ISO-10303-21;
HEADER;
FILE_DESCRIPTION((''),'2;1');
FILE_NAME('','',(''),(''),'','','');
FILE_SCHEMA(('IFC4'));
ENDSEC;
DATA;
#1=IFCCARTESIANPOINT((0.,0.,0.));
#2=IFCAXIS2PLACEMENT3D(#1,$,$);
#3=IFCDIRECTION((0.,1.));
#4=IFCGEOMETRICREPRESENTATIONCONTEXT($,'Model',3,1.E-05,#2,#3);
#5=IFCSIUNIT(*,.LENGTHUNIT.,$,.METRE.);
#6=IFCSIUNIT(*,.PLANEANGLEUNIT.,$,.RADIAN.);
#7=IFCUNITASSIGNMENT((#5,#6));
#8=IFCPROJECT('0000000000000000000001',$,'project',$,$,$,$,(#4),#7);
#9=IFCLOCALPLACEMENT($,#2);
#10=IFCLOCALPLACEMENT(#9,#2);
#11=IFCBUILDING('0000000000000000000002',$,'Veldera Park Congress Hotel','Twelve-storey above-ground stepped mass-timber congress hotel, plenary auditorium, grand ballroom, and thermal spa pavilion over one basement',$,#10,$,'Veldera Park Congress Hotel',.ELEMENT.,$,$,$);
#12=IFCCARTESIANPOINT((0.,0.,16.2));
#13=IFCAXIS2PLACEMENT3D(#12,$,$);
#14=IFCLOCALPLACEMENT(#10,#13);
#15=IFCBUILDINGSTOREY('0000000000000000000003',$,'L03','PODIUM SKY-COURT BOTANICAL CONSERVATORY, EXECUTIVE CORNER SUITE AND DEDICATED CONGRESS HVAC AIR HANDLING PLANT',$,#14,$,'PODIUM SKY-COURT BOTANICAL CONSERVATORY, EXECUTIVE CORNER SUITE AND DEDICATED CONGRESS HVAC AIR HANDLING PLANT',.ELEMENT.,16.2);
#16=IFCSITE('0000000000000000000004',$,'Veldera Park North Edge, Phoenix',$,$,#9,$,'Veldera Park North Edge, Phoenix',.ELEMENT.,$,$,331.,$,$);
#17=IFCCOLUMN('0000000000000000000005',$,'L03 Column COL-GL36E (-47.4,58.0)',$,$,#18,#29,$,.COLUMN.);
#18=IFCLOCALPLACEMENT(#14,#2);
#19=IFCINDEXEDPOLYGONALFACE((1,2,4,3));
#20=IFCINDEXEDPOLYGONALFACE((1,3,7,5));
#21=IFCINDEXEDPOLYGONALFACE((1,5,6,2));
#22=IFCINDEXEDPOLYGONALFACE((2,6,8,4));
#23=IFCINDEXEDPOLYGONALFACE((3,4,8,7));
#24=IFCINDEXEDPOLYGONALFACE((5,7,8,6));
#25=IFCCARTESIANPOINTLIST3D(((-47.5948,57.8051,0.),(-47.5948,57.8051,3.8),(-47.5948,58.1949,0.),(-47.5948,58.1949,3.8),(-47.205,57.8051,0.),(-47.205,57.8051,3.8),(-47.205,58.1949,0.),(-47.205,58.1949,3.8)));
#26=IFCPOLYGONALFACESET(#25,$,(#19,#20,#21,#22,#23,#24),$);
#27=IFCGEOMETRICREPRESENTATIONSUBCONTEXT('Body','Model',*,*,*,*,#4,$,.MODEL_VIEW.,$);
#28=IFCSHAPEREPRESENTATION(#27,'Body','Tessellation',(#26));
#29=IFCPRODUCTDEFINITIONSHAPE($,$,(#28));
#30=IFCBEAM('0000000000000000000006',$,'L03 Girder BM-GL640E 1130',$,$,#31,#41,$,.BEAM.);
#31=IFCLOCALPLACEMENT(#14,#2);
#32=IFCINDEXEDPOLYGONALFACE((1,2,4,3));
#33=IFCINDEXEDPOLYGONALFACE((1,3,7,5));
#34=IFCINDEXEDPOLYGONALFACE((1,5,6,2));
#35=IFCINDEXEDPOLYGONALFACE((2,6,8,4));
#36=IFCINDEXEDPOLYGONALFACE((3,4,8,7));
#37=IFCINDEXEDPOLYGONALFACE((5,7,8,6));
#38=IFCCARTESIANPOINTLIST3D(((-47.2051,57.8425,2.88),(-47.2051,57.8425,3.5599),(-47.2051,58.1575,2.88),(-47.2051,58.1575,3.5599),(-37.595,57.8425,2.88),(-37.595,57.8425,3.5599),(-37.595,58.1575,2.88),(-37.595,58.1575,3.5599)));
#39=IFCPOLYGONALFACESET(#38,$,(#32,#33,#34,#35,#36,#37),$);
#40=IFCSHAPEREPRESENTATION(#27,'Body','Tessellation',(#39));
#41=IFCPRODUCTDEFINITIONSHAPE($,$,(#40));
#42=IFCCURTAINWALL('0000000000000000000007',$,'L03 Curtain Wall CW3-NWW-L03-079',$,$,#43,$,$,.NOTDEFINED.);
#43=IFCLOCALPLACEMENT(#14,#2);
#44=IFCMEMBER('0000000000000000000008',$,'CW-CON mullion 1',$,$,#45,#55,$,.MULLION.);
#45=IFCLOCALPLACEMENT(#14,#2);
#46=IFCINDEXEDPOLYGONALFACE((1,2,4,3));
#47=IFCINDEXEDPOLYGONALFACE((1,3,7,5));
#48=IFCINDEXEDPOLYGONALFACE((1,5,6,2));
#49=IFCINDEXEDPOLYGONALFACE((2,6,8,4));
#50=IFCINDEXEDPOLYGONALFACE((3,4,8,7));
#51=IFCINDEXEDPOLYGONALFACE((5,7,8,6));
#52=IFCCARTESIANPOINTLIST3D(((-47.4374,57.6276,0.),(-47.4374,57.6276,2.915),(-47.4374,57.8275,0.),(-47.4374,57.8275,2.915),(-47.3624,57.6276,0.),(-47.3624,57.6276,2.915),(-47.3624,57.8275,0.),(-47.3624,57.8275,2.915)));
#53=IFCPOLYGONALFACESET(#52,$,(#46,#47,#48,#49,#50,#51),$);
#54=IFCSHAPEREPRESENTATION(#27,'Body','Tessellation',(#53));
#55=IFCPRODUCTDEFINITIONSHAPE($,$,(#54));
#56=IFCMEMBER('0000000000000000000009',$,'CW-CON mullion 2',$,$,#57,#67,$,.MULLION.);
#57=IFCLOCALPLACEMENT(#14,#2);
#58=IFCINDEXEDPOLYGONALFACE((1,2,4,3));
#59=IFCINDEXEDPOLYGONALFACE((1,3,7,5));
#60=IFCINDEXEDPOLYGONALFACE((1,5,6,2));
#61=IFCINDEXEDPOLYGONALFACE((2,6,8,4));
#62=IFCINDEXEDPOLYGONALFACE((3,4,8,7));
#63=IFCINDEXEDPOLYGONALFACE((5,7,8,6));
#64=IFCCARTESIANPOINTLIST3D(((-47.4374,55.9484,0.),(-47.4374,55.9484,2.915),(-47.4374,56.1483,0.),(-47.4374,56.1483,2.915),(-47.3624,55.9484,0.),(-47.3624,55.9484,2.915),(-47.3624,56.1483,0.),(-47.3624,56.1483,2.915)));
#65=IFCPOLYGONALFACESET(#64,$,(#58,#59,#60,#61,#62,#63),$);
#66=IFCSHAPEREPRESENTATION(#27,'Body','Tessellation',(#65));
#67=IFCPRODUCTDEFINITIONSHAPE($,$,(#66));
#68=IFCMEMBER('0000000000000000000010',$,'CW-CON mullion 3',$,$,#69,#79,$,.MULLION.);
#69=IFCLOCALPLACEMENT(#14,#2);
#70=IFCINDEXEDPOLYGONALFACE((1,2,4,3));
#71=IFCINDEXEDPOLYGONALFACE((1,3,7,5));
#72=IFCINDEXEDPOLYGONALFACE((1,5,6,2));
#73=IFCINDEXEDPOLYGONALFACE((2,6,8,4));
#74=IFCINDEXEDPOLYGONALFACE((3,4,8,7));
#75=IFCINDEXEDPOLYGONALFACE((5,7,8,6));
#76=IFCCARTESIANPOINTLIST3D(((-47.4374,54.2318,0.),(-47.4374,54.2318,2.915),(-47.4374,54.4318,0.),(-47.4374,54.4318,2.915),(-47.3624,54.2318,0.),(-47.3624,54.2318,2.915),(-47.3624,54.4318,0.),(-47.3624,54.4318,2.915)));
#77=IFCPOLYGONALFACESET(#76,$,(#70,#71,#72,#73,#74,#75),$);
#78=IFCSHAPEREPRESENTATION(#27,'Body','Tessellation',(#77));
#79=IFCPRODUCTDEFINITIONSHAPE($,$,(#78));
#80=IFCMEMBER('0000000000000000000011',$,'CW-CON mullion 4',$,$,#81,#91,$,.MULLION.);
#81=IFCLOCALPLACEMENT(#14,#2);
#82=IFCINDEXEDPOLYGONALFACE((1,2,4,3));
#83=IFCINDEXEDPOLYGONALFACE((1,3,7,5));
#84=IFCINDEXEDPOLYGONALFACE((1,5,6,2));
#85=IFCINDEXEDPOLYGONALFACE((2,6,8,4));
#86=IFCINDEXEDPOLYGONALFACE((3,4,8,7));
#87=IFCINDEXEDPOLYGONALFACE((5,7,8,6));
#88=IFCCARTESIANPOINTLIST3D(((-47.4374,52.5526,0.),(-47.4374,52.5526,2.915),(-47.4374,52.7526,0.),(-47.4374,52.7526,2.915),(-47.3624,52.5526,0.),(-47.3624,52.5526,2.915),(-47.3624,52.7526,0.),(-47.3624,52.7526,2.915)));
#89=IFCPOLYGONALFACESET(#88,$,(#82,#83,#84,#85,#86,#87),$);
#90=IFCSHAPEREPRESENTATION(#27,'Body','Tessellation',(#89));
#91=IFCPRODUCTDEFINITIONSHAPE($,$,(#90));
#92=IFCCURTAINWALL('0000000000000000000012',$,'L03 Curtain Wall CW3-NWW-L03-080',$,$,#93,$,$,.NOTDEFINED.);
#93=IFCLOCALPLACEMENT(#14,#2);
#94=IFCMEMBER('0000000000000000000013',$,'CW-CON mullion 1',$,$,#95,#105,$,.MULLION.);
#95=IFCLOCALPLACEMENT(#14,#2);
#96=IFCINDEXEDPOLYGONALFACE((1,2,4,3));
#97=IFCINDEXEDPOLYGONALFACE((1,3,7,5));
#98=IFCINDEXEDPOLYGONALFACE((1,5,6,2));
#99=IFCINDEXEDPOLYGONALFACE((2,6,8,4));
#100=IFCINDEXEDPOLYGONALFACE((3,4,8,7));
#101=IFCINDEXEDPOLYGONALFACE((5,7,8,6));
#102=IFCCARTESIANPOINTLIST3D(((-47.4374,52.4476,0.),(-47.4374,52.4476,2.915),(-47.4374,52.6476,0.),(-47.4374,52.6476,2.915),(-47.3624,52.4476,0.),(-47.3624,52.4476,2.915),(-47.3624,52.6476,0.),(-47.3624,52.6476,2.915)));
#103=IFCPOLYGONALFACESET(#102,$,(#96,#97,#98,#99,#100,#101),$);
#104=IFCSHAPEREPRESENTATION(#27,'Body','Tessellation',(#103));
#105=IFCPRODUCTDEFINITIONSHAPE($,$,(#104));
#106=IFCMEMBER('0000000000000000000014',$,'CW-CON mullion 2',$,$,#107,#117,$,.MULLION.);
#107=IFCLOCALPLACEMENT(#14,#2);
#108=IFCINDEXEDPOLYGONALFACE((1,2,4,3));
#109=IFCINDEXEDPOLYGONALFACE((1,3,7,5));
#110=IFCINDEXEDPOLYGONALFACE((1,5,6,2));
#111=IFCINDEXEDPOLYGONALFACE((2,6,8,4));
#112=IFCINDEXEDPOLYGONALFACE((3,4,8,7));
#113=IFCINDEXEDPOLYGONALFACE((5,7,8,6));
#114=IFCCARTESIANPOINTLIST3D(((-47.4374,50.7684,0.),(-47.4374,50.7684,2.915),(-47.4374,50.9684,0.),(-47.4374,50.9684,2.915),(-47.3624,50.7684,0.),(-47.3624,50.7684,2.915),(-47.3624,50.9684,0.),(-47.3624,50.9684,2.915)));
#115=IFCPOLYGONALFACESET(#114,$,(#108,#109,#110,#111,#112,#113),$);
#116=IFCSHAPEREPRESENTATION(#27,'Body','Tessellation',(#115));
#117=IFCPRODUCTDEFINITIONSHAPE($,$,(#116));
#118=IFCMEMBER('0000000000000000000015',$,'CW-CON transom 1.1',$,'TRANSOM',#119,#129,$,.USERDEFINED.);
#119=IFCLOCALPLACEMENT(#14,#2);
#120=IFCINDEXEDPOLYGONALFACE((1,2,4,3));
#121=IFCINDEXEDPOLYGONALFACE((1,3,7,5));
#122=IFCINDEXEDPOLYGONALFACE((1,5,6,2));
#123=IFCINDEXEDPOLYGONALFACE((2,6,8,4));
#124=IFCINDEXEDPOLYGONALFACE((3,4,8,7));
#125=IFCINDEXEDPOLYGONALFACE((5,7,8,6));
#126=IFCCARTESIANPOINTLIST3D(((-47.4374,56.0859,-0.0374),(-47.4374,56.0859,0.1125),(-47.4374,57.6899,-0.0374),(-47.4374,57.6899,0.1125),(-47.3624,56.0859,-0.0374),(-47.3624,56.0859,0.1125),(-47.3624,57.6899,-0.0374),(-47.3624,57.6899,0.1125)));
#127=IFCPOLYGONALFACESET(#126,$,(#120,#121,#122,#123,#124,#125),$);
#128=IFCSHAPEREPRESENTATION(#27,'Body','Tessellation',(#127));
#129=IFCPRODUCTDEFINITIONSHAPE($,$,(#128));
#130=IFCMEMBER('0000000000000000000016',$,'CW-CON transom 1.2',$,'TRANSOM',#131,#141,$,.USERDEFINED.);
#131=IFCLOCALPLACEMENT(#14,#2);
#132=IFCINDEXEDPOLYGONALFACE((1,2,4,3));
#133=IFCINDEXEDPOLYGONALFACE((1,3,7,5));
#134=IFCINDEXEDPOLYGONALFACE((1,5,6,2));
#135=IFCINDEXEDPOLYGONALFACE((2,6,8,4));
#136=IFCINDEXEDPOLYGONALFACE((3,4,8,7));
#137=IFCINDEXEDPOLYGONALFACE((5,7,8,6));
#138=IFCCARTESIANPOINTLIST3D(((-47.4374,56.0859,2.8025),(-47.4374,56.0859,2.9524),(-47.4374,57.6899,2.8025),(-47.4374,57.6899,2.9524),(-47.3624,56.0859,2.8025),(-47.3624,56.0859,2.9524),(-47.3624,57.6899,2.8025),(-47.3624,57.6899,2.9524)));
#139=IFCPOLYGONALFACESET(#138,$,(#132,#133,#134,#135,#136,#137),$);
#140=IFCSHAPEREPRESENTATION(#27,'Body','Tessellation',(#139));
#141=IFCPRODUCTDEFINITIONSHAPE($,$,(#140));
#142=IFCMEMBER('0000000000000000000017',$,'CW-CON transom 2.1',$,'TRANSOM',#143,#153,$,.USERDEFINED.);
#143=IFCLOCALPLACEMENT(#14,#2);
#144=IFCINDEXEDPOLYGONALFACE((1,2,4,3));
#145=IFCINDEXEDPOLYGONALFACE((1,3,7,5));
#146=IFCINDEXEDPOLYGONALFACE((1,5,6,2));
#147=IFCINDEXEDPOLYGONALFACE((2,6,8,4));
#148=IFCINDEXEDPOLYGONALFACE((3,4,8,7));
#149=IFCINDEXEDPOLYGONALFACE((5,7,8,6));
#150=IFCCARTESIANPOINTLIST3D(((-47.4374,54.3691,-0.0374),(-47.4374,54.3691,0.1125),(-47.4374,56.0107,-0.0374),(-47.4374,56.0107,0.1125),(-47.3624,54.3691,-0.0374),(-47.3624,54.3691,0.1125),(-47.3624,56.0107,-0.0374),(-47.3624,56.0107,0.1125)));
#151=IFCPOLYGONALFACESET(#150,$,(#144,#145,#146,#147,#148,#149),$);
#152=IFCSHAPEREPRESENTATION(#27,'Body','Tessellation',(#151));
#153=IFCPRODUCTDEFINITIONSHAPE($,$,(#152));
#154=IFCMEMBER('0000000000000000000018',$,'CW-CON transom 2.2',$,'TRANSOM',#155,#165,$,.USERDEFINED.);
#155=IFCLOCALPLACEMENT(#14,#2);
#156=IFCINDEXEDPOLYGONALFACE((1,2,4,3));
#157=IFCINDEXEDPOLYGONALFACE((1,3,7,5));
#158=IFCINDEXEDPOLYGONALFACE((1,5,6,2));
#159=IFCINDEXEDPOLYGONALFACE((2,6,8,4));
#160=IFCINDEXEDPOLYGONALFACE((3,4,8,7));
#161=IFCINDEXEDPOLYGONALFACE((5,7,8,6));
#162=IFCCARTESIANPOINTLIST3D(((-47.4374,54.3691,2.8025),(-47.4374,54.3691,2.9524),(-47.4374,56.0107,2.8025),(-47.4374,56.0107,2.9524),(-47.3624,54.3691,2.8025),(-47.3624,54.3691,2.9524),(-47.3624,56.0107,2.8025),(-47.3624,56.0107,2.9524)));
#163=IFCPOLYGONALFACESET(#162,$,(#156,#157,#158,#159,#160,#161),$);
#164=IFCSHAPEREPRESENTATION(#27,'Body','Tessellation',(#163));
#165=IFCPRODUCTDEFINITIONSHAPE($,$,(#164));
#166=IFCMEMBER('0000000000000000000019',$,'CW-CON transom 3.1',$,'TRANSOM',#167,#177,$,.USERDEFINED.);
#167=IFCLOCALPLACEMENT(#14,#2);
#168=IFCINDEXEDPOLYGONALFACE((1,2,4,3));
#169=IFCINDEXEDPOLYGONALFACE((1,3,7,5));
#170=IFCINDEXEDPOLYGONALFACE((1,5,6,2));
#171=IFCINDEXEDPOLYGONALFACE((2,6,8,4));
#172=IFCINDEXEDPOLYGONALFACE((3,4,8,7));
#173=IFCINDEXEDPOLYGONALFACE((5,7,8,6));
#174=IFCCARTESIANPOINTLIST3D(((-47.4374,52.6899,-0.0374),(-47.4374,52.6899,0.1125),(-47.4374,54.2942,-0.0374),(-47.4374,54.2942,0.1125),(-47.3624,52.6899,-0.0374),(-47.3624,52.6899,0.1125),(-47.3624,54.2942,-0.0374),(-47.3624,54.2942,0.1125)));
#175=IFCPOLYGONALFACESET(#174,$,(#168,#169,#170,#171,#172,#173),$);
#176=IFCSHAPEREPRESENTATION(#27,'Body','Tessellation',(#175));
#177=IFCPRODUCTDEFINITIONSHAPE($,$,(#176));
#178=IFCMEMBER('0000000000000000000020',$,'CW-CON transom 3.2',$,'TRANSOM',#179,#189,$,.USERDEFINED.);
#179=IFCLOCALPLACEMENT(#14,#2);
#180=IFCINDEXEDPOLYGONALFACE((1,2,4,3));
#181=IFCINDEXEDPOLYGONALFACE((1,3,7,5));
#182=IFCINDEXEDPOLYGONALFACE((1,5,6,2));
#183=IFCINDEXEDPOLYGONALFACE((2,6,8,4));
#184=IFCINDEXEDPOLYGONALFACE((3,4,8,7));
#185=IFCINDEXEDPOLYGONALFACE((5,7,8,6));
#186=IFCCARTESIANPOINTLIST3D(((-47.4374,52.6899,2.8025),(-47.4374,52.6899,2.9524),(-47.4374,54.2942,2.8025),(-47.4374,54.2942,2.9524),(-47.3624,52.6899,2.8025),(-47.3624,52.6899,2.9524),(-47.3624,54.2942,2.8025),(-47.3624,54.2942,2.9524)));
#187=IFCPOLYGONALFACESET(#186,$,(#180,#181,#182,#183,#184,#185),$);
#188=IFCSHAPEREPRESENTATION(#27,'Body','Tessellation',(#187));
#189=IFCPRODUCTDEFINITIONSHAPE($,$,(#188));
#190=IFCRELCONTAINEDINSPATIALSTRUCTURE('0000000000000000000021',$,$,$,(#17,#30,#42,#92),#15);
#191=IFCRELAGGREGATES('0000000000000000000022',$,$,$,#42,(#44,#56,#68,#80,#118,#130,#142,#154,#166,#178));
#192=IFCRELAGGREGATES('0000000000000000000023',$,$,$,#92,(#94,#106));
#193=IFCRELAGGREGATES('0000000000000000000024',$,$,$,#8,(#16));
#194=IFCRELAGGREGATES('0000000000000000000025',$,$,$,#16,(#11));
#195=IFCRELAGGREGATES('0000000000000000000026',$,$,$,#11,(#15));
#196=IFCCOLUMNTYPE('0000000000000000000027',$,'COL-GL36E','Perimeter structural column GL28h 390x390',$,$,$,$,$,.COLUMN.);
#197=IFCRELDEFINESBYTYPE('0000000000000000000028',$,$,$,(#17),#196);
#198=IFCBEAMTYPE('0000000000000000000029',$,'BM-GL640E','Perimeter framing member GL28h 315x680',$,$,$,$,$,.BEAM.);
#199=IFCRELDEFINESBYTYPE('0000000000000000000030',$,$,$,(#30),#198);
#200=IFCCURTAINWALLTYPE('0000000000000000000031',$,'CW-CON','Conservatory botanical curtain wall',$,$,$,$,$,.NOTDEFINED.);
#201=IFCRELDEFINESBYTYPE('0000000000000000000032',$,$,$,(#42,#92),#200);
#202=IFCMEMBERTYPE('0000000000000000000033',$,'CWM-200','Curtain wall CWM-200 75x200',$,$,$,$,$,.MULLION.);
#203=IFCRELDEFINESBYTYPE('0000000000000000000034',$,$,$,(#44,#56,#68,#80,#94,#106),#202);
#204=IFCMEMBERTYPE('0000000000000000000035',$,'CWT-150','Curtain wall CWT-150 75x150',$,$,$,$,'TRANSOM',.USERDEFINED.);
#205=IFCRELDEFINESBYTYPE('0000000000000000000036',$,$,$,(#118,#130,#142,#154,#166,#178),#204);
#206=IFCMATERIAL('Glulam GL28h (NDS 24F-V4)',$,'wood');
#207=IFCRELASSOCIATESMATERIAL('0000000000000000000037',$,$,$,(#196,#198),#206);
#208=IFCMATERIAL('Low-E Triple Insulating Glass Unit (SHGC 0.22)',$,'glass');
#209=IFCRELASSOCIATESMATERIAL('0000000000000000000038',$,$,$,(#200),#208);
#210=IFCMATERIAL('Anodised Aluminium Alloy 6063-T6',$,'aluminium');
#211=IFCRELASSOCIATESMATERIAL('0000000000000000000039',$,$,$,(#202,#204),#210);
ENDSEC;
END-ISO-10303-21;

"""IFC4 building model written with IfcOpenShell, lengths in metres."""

from ifc_helpers import new_model, si_unit, direction, frame, origin, origin_2d, place, context, subcontext, project, spatial, rectangle, extrude, material, material_profile, profile_set, type_object, element, aggregate, save


model = new_model("IFC4")

# Units and contexts
model_context = context("Model", 3, precision=1e-05, world=origin(), true_north=direction((0.0, 1.0)))
body_context = subcontext(model_context, "Body", "Model", "MODEL_VIEW")
ifc_project = project(units=[si_unit("LENGTHUNIT", "METRE"), si_unit("PLANEANGLEUNIT", "RADIAN")], contexts=[model_context])

# Site, building, storey
site_placement = place(None, origin())
site = spatial("IfcSite", under=ifc_project, at=site_placement, Name="Veldera Park North Edge, Phoenix", LongName="Veldera Park North Edge, Phoenix", CompositionType="ELEMENT", RefElevation=331.0)
building_placement = place(site_placement, origin())
building = spatial("IfcBuilding", under=site, at=building_placement, Name="Veldera Park Congress Hotel", Description="Twelve-storey above-ground stepped mass-timber congress hotel, plenary auditorium, grand ballroom, and thermal spa pavilion over one basement", LongName="Veldera Park Congress Hotel", CompositionType="ELEMENT")
storey_placement = place(building_placement, frame((0.0, 0.0, 16.2)))
storey = spatial("IfcBuildingStorey", under=building, at=storey_placement, Name="L03", Description="PODIUM SKY-COURT BOTANICAL CONSERVATORY, EXECUTIVE CORNER SUITE AND DEDICATED CONGRESS HVAC AIR HANDLING PLANT", LongName="PODIUM SKY-COURT BOTANICAL CONSERVATORY, EXECUTIVE CORNER SUITE AND DEDICATED CONGRESS HVAC AIR HANDLING PLANT", CompositionType="ELEMENT", Elevation=16.2)

# Column
ifc_material_1 = material(Name="Glulam GL28h (NDS 24F-V4)", Category="wood")
ifc_material_profile_1 = material_profile(ifc_material_1, rectangle(XDim=0.3899, YDim=0.3899, at=origin_2d()), Name="GL28h 390x390")
ifc_profile_set_1 = profile_set([ifc_material_profile_1], Name="Glulam GL28h (NDS 24F-V4)")
column_type = type_object("IfcColumnType", Name="COL-GL36E", Description="Perimeter structural column GL28h 390x390", PredefinedType="COLUMN", material=ifc_profile_set_1)
column_placement = place(storey_placement, frame((-47.3999, 58.0, 0.0), z_axis=(0.0, 0.0, 1.0), x_axis=(1.0, 0.0, 0.0)))
element("IfcColumn", 1, at=column_placement, inside=storey, type_object=column_type, Name="L03 Column COL-GL36E (-47.4,58.0)", PredefinedType="COLUMN", context=body_context, shape_type="SweptSolid", body=[
    extrude(rectangle(XDim=0.3899, YDim=0.3899, at=origin_2d()), origin(), (0.0, 0.0, 1.0), 3.8),
])

# Beam
ifc_material_profile_2 = material_profile(ifc_material_1, rectangle(XDim=0.3149, YDim=0.6799, at=origin_2d()), Name="GL28h 315x680")
ifc_profile_set_2 = profile_set([ifc_material_profile_2], Name="Glulam GL28h (NDS 24F-V4)")
beam_type = type_object("IfcBeamType", Name="BM-GL640E", Description="Perimeter framing member GL28h 315x680", PredefinedType="BEAM", material=ifc_profile_set_2)
beam_placement = place(storey_placement, frame((-47.2051, 58.0, 3.22), z_axis=(1.0, 0.0, 0.0), x_axis=(0.0, 1.0, 0.0)))
element("IfcBeam", 2, at=beam_placement, inside=storey, type_object=beam_type, Name="L03 Girder BM-GL640E 1130", PredefinedType="BEAM", context=body_context, shape_type="SweptSolid", body=[
    extrude(rectangle(XDim=0.3149, YDim=0.6799, at=origin_2d()), origin(), (0.0, 0.0, 1.0), 9.6101),
])

# Curtain walls, members
ifc_material_2 = material(Name="Low-E Triple Insulating Glass Unit (SHGC 0.22)", Category="glass")
curtain_wall_type = type_object("IfcCurtainWallType", Name="CW-CON", Description="Conservatory botanical curtain wall", PredefinedType="NOTDEFINED", material=ifc_material_2)
curtain_wall_1_placement = place(storey_placement, origin())
curtain_wall_1 = element("IfcCurtainWall", 3, at=curtain_wall_1_placement, inside=storey, type_object=curtain_wall_type, Name="L03 Curtain Wall CW3-NWW-L03-079", PredefinedType="NOTDEFINED")
ifc_material_3 = material(Name="Anodised Aluminium Alloy 6063-T6", Category="aluminium")
ifc_material_profile_3 = material_profile(ifc_material_3, rectangle(XDim=0.075, YDim=0.2, at=origin_2d()), Name="ALU 75x200")
ifc_profile_set_3 = profile_set([ifc_material_profile_3], Name="Anodised Aluminium Alloy 6063-T6")
member_type_1 = type_object("IfcMemberType", Name="CWM-200", Description="Curtain wall CWM-200 75x200", PredefinedType="MULLION", material=ifc_profile_set_3)
member_1_placement = place(storey_placement, frame((-47.3999, 57.7275, 0.0), z_axis=(0.0, 0.0, 1.0), x_axis=(1.0, 0.0, 0.0)))
member_1 = element("IfcMember", 4, at=member_1_placement, type_object=member_type_1, Name="CW-CON mullion 1", PredefinedType="MULLION", context=body_context, shape_type="SweptSolid", body=[
    extrude(rectangle(XDim=0.075, YDim=0.2, at=origin_2d()), origin(), (0.0, 0.0, 1.0), 2.915),
])
member_2_placement = place(storey_placement, frame((-47.3999, 56.0483, 0.0), z_axis=(0.0, 0.0, 1.0), x_axis=(1.0, 0.0, 0.0)))
member_2 = element("IfcMember", 5, at=member_2_placement, type_object=member_type_1, Name="CW-CON mullion 2", PredefinedType="MULLION", context=body_context, shape_type="SweptSolid", body=[
    extrude(rectangle(XDim=0.075, YDim=0.2, at=origin_2d()), origin(), (0.0, 0.0, 1.0), 2.915),
])
member_3_placement = place(storey_placement, frame((-47.3999, 54.3318, 0.0), z_axis=(0.0, 0.0, 1.0), x_axis=(1.0, 0.0, 0.0)))
member_3 = element("IfcMember", 6, at=member_3_placement, type_object=member_type_1, Name="CW-CON mullion 3", PredefinedType="MULLION", context=body_context, shape_type="SweptSolid", body=[
    extrude(rectangle(XDim=0.075, YDim=0.2, at=origin_2d()), origin(), (0.0, 0.0, 1.0), 2.915),
])
member_4_placement = place(storey_placement, frame((-47.3999, 52.6526, 0.0), z_axis=(0.0, 0.0, 1.0), x_axis=(1.0, 0.0, 0.0)))
member_4 = element("IfcMember", 7, at=member_4_placement, type_object=member_type_1, Name="CW-CON mullion 4", PredefinedType="MULLION", context=body_context, shape_type="SweptSolid", body=[
    extrude(rectangle(XDim=0.075, YDim=0.2, at=origin_2d()), origin(), (0.0, 0.0, 1.0), 2.915),
])
curtain_wall_2_placement = place(storey_placement, origin())
curtain_wall_2 = element("IfcCurtainWall", 8, at=curtain_wall_2_placement, inside=storey, type_object=curtain_wall_type, Name="L03 Curtain Wall CW3-NWW-L03-080", PredefinedType="NOTDEFINED")
member_5_placement = place(storey_placement, frame((-47.3999, 52.5476, 0.0), z_axis=(0.0, 0.0, 1.0), x_axis=(1.0, 0.0, 0.0)))
member_5 = element("IfcMember", 9, at=member_5_placement, type_object=member_type_1, Name="CW-CON mullion 1", PredefinedType="MULLION", context=body_context, shape_type="SweptSolid", body=[
    extrude(rectangle(XDim=0.075, YDim=0.2, at=origin_2d()), origin(), (0.0, 0.0, 1.0), 2.915),
])
member_6_placement = place(storey_placement, frame((-47.3999, 50.8684, 0.0), z_axis=(0.0, 0.0, 1.0), x_axis=(1.0, 0.0, 0.0)))
member_6 = element("IfcMember", 10, at=member_6_placement, type_object=member_type_1, Name="CW-CON mullion 2", PredefinedType="MULLION", context=body_context, shape_type="SweptSolid", body=[
    extrude(rectangle(XDim=0.075, YDim=0.2, at=origin_2d()), origin(), (0.0, 0.0, 1.0), 2.915),
])

# Members
ifc_material_profile_4 = material_profile(ifc_material_3, rectangle(XDim=0.075, YDim=0.1499, at=origin_2d()), Name="ALU 75x150")
ifc_profile_set_4 = profile_set([ifc_material_profile_4], Name="Anodised Aluminium Alloy 6063-T6")
member_type_2 = type_object("IfcMemberType", Name="CWT-150", Description="Curtain wall CWT-150 75x150", ElementType="TRANSOM", PredefinedType="USERDEFINED", material=ifc_profile_set_4)
member_7_placement = place(storey_placement, frame((-47.3999, 57.6899, 0.0376), z_axis=(0.0, -1.0, 0.0), x_axis=(1.0, 0.0, 0.0)))
member_7 = element("IfcMember", 11, at=member_7_placement, type_object=member_type_2, Name="CW-CON transom 1.1", ObjectType="TRANSOM", PredefinedType="USERDEFINED", context=body_context, shape_type="SweptSolid", body=[
    extrude(rectangle(XDim=0.075, YDim=0.1499, at=origin_2d()), origin(), (0.0, 0.0, 1.0), 1.604),
])
member_8_placement = place(storey_placement, frame((-47.3999, 57.6899, 2.8774), z_axis=(0.0, -1.0, 0.0), x_axis=(1.0, 0.0, 0.0)))
member_8 = element("IfcMember", 12, at=member_8_placement, type_object=member_type_2, Name="CW-CON transom 1.2", ObjectType="TRANSOM", PredefinedType="USERDEFINED", context=body_context, shape_type="SweptSolid", body=[
    extrude(rectangle(XDim=0.075, YDim=0.1499, at=origin_2d()), origin(), (0.0, 0.0, 1.0), 1.604),
])
member_9_placement = place(storey_placement, frame((-47.3999, 56.0107, 0.0376), z_axis=(0.0, -1.0, 0.0), x_axis=(1.0, 0.0, 0.0)))
member_9 = element("IfcMember", 13, at=member_9_placement, type_object=member_type_2, Name="CW-CON transom 2.1", ObjectType="TRANSOM", PredefinedType="USERDEFINED", context=body_context, shape_type="SweptSolid", body=[
    extrude(rectangle(XDim=0.075, YDim=0.1499, at=origin_2d()), origin(), (0.0, 0.0, 1.0), 1.6416),
])
member_10_placement = place(storey_placement, frame((-47.3999, 56.0107, 2.8774), z_axis=(0.0, -1.0, 0.0), x_axis=(1.0, 0.0, 0.0)))
member_10 = element("IfcMember", 14, at=member_10_placement, type_object=member_type_2, Name="CW-CON transom 2.2", ObjectType="TRANSOM", PredefinedType="USERDEFINED", context=body_context, shape_type="SweptSolid", body=[
    extrude(rectangle(XDim=0.075, YDim=0.1499, at=origin_2d()), origin(), (0.0, 0.0, 1.0), 1.6416),
])
member_11_placement = place(storey_placement, frame((-47.3999, 54.2942, 0.0376), z_axis=(0.0, -1.0, 0.0), x_axis=(1.0, 0.0, 0.0)))
member_11 = element("IfcMember", 15, at=member_11_placement, type_object=member_type_2, Name="CW-CON transom 3.1", ObjectType="TRANSOM", PredefinedType="USERDEFINED", context=body_context, shape_type="SweptSolid", body=[
    extrude(rectangle(XDim=0.075, YDim=0.1499, at=origin_2d()), origin(), (0.0, 0.0, 1.0), 1.6042),
])
member_12_placement = place(storey_placement, frame((-47.3999, 54.2942, 2.8774), z_axis=(0.0, -1.0, 0.0), x_axis=(1.0, 0.0, 0.0)))
member_12 = element("IfcMember", 16, at=member_12_placement, type_object=member_type_2, Name="CW-CON transom 3.2", ObjectType="TRANSOM", PredefinedType="USERDEFINED", context=body_context, shape_type="SweptSolid", body=[
    extrude(rectangle(XDim=0.075, YDim=0.1499, at=origin_2d()), origin(), (0.0, 0.0, 1.0), 1.6042),
])

aggregate(curtain_wall_1, [member_1, member_2, member_3, member_4, member_7, member_8, member_9, member_10, member_11, member_12])
aggregate(curtain_wall_2, [member_5, member_6])

save(model, "model.ifc")
